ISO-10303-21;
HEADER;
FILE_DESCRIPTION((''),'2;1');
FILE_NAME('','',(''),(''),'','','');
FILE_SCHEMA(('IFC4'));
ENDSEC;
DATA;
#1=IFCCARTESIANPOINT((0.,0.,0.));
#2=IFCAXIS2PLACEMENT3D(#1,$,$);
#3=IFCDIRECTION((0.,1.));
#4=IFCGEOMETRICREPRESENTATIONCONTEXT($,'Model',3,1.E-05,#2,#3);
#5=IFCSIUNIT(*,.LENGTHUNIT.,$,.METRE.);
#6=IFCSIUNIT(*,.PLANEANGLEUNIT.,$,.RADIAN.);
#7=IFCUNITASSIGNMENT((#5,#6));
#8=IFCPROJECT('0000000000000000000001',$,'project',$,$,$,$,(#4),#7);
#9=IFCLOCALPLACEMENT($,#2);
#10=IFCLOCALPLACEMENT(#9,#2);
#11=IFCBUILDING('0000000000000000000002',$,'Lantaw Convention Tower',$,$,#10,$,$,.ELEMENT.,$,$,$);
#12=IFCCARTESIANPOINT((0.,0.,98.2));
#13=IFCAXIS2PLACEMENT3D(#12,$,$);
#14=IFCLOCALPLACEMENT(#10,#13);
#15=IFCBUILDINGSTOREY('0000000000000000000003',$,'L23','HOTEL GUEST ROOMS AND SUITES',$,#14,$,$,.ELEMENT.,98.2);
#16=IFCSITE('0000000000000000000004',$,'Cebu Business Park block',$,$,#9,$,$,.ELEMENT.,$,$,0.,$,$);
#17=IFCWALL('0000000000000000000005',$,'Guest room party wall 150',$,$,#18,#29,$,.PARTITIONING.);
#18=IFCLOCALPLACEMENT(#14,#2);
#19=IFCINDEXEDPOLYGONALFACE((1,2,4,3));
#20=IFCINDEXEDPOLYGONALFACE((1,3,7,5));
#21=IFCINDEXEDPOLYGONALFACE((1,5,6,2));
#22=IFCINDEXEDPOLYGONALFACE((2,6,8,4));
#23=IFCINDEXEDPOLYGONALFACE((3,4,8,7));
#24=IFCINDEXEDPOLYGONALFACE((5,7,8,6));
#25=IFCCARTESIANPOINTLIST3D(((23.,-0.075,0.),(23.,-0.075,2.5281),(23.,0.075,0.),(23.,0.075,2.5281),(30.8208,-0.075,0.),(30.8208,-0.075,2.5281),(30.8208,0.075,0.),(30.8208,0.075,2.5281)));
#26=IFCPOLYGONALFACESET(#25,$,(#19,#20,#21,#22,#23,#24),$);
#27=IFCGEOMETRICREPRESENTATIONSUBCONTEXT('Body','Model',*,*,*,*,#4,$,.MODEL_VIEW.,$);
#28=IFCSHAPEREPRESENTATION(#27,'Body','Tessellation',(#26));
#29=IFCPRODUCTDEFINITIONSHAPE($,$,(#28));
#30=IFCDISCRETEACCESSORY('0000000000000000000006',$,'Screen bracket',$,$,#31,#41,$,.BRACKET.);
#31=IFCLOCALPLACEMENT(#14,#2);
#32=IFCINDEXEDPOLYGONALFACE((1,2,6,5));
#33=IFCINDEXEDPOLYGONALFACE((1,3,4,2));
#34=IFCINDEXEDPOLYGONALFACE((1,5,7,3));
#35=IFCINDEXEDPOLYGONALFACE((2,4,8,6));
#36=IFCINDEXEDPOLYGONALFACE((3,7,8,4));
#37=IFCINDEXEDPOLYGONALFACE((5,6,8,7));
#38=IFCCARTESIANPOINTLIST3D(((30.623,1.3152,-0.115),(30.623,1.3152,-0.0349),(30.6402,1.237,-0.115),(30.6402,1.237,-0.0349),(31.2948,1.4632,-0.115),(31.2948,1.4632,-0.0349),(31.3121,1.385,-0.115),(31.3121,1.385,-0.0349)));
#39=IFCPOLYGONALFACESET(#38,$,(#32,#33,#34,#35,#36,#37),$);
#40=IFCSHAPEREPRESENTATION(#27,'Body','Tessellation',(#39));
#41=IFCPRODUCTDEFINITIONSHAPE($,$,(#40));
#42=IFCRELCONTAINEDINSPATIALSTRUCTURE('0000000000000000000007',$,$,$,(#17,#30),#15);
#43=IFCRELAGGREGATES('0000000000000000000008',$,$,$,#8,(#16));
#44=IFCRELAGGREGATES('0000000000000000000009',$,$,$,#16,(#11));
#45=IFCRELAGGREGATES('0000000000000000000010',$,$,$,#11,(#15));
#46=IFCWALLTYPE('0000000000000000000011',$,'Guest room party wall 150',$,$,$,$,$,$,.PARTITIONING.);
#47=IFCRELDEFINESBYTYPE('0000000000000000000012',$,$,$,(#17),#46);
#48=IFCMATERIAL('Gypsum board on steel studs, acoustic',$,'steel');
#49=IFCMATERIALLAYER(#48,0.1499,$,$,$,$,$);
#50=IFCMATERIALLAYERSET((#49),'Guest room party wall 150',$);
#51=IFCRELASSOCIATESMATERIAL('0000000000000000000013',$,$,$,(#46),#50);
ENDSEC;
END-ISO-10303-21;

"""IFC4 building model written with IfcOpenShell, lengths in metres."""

from ifc_helpers import new_model, si_unit, direction, frame, frame_2d, origin, origin_2d, place, context, subcontext, project, spatial, rectangle, extrude, material, layer, layer_set, type_object, element, save


model = new_model("IFC4")

# Units and contexts
model_context = context("Model", 3, precision=1e-05, world=origin(), true_north=direction((0.0, 1.0)))
body_context = subcontext(model_context, "Body", "Model", "MODEL_VIEW")
ifc_project = project(units=[si_unit("LENGTHUNIT", "METRE"), si_unit("PLANEANGLEUNIT", "RADIAN")], contexts=[model_context])

# Site, building, storey
site_placement = place(None, origin())
site = spatial("IfcSite", under=ifc_project, at=site_placement, Name="Cebu Business Park block", CompositionType="ELEMENT", RefElevation=0.0)
building_placement = place(site_placement, origin())
building = spatial("IfcBuilding", under=site, at=building_placement, Name="Lantaw Convention Tower", CompositionType="ELEMENT")
storey_placement = place(building_placement, frame((0.0, 0.0, 98.2)))
storey = spatial("IfcBuildingStorey", under=building, at=storey_placement, Name="L23", Description="HOTEL GUEST ROOMS AND SUITES", CompositionType="ELEMENT", Elevation=98.2)

# Wall
ifc_material_1 = material(Name="Gypsum board on steel studs, acoustic", Category="steel")
ifc_layer_1 = layer(ifc_material_1, 0.1499)
ifc_layer_set_1 = layer_set([ifc_layer_1], Name="Guest room party wall 150")
wall_type_1 = type_object("IfcWallType", Name="Guest room party wall 150", PredefinedType="PARTITIONING", material=ifc_layer_set_1)
wall_1_placement = place(storey_placement, frame((30.8208, 0.0, 0.0), z_axis=(0.0, 0.0, 1.0), x_axis=(-1.0, 0.0, 0.0)))
element("IfcWall", 1, at=wall_1_placement, inside=storey, type_object=wall_type_1, Name="Guest room party wall 150", PredefinedType="PARTITIONING", context=body_context, shape_type="SweptSolid", body=[
    extrude(rectangle(XDim=7.8208, YDim=0.1499, at=frame_2d((3.9104, 0.0))), origin(), (0.0, 0.0, 1.0), 2.5281),
])

# Discrete accessory
discrete_accessory_placement = place(storey_placement, frame((30.9675, 1.3501, -0.115), z_axis=(0.0, 0.0, 1.0), x_axis=(-0.215246, 0.97656, 0.0)))
element("IfcDiscreteAccessory", 2, at=discrete_accessory_placement, inside=storey, Name="Screen bracket", PredefinedType="BRACKET", context=body_context, shape_type="SweptSolid", body=[
    extrude(rectangle(XDim=0.0801, YDim=0.688, at=origin_2d()), origin(), (0.0, 0.0, 1.0), 0.0801),
])

save(model, "model.ifc")
